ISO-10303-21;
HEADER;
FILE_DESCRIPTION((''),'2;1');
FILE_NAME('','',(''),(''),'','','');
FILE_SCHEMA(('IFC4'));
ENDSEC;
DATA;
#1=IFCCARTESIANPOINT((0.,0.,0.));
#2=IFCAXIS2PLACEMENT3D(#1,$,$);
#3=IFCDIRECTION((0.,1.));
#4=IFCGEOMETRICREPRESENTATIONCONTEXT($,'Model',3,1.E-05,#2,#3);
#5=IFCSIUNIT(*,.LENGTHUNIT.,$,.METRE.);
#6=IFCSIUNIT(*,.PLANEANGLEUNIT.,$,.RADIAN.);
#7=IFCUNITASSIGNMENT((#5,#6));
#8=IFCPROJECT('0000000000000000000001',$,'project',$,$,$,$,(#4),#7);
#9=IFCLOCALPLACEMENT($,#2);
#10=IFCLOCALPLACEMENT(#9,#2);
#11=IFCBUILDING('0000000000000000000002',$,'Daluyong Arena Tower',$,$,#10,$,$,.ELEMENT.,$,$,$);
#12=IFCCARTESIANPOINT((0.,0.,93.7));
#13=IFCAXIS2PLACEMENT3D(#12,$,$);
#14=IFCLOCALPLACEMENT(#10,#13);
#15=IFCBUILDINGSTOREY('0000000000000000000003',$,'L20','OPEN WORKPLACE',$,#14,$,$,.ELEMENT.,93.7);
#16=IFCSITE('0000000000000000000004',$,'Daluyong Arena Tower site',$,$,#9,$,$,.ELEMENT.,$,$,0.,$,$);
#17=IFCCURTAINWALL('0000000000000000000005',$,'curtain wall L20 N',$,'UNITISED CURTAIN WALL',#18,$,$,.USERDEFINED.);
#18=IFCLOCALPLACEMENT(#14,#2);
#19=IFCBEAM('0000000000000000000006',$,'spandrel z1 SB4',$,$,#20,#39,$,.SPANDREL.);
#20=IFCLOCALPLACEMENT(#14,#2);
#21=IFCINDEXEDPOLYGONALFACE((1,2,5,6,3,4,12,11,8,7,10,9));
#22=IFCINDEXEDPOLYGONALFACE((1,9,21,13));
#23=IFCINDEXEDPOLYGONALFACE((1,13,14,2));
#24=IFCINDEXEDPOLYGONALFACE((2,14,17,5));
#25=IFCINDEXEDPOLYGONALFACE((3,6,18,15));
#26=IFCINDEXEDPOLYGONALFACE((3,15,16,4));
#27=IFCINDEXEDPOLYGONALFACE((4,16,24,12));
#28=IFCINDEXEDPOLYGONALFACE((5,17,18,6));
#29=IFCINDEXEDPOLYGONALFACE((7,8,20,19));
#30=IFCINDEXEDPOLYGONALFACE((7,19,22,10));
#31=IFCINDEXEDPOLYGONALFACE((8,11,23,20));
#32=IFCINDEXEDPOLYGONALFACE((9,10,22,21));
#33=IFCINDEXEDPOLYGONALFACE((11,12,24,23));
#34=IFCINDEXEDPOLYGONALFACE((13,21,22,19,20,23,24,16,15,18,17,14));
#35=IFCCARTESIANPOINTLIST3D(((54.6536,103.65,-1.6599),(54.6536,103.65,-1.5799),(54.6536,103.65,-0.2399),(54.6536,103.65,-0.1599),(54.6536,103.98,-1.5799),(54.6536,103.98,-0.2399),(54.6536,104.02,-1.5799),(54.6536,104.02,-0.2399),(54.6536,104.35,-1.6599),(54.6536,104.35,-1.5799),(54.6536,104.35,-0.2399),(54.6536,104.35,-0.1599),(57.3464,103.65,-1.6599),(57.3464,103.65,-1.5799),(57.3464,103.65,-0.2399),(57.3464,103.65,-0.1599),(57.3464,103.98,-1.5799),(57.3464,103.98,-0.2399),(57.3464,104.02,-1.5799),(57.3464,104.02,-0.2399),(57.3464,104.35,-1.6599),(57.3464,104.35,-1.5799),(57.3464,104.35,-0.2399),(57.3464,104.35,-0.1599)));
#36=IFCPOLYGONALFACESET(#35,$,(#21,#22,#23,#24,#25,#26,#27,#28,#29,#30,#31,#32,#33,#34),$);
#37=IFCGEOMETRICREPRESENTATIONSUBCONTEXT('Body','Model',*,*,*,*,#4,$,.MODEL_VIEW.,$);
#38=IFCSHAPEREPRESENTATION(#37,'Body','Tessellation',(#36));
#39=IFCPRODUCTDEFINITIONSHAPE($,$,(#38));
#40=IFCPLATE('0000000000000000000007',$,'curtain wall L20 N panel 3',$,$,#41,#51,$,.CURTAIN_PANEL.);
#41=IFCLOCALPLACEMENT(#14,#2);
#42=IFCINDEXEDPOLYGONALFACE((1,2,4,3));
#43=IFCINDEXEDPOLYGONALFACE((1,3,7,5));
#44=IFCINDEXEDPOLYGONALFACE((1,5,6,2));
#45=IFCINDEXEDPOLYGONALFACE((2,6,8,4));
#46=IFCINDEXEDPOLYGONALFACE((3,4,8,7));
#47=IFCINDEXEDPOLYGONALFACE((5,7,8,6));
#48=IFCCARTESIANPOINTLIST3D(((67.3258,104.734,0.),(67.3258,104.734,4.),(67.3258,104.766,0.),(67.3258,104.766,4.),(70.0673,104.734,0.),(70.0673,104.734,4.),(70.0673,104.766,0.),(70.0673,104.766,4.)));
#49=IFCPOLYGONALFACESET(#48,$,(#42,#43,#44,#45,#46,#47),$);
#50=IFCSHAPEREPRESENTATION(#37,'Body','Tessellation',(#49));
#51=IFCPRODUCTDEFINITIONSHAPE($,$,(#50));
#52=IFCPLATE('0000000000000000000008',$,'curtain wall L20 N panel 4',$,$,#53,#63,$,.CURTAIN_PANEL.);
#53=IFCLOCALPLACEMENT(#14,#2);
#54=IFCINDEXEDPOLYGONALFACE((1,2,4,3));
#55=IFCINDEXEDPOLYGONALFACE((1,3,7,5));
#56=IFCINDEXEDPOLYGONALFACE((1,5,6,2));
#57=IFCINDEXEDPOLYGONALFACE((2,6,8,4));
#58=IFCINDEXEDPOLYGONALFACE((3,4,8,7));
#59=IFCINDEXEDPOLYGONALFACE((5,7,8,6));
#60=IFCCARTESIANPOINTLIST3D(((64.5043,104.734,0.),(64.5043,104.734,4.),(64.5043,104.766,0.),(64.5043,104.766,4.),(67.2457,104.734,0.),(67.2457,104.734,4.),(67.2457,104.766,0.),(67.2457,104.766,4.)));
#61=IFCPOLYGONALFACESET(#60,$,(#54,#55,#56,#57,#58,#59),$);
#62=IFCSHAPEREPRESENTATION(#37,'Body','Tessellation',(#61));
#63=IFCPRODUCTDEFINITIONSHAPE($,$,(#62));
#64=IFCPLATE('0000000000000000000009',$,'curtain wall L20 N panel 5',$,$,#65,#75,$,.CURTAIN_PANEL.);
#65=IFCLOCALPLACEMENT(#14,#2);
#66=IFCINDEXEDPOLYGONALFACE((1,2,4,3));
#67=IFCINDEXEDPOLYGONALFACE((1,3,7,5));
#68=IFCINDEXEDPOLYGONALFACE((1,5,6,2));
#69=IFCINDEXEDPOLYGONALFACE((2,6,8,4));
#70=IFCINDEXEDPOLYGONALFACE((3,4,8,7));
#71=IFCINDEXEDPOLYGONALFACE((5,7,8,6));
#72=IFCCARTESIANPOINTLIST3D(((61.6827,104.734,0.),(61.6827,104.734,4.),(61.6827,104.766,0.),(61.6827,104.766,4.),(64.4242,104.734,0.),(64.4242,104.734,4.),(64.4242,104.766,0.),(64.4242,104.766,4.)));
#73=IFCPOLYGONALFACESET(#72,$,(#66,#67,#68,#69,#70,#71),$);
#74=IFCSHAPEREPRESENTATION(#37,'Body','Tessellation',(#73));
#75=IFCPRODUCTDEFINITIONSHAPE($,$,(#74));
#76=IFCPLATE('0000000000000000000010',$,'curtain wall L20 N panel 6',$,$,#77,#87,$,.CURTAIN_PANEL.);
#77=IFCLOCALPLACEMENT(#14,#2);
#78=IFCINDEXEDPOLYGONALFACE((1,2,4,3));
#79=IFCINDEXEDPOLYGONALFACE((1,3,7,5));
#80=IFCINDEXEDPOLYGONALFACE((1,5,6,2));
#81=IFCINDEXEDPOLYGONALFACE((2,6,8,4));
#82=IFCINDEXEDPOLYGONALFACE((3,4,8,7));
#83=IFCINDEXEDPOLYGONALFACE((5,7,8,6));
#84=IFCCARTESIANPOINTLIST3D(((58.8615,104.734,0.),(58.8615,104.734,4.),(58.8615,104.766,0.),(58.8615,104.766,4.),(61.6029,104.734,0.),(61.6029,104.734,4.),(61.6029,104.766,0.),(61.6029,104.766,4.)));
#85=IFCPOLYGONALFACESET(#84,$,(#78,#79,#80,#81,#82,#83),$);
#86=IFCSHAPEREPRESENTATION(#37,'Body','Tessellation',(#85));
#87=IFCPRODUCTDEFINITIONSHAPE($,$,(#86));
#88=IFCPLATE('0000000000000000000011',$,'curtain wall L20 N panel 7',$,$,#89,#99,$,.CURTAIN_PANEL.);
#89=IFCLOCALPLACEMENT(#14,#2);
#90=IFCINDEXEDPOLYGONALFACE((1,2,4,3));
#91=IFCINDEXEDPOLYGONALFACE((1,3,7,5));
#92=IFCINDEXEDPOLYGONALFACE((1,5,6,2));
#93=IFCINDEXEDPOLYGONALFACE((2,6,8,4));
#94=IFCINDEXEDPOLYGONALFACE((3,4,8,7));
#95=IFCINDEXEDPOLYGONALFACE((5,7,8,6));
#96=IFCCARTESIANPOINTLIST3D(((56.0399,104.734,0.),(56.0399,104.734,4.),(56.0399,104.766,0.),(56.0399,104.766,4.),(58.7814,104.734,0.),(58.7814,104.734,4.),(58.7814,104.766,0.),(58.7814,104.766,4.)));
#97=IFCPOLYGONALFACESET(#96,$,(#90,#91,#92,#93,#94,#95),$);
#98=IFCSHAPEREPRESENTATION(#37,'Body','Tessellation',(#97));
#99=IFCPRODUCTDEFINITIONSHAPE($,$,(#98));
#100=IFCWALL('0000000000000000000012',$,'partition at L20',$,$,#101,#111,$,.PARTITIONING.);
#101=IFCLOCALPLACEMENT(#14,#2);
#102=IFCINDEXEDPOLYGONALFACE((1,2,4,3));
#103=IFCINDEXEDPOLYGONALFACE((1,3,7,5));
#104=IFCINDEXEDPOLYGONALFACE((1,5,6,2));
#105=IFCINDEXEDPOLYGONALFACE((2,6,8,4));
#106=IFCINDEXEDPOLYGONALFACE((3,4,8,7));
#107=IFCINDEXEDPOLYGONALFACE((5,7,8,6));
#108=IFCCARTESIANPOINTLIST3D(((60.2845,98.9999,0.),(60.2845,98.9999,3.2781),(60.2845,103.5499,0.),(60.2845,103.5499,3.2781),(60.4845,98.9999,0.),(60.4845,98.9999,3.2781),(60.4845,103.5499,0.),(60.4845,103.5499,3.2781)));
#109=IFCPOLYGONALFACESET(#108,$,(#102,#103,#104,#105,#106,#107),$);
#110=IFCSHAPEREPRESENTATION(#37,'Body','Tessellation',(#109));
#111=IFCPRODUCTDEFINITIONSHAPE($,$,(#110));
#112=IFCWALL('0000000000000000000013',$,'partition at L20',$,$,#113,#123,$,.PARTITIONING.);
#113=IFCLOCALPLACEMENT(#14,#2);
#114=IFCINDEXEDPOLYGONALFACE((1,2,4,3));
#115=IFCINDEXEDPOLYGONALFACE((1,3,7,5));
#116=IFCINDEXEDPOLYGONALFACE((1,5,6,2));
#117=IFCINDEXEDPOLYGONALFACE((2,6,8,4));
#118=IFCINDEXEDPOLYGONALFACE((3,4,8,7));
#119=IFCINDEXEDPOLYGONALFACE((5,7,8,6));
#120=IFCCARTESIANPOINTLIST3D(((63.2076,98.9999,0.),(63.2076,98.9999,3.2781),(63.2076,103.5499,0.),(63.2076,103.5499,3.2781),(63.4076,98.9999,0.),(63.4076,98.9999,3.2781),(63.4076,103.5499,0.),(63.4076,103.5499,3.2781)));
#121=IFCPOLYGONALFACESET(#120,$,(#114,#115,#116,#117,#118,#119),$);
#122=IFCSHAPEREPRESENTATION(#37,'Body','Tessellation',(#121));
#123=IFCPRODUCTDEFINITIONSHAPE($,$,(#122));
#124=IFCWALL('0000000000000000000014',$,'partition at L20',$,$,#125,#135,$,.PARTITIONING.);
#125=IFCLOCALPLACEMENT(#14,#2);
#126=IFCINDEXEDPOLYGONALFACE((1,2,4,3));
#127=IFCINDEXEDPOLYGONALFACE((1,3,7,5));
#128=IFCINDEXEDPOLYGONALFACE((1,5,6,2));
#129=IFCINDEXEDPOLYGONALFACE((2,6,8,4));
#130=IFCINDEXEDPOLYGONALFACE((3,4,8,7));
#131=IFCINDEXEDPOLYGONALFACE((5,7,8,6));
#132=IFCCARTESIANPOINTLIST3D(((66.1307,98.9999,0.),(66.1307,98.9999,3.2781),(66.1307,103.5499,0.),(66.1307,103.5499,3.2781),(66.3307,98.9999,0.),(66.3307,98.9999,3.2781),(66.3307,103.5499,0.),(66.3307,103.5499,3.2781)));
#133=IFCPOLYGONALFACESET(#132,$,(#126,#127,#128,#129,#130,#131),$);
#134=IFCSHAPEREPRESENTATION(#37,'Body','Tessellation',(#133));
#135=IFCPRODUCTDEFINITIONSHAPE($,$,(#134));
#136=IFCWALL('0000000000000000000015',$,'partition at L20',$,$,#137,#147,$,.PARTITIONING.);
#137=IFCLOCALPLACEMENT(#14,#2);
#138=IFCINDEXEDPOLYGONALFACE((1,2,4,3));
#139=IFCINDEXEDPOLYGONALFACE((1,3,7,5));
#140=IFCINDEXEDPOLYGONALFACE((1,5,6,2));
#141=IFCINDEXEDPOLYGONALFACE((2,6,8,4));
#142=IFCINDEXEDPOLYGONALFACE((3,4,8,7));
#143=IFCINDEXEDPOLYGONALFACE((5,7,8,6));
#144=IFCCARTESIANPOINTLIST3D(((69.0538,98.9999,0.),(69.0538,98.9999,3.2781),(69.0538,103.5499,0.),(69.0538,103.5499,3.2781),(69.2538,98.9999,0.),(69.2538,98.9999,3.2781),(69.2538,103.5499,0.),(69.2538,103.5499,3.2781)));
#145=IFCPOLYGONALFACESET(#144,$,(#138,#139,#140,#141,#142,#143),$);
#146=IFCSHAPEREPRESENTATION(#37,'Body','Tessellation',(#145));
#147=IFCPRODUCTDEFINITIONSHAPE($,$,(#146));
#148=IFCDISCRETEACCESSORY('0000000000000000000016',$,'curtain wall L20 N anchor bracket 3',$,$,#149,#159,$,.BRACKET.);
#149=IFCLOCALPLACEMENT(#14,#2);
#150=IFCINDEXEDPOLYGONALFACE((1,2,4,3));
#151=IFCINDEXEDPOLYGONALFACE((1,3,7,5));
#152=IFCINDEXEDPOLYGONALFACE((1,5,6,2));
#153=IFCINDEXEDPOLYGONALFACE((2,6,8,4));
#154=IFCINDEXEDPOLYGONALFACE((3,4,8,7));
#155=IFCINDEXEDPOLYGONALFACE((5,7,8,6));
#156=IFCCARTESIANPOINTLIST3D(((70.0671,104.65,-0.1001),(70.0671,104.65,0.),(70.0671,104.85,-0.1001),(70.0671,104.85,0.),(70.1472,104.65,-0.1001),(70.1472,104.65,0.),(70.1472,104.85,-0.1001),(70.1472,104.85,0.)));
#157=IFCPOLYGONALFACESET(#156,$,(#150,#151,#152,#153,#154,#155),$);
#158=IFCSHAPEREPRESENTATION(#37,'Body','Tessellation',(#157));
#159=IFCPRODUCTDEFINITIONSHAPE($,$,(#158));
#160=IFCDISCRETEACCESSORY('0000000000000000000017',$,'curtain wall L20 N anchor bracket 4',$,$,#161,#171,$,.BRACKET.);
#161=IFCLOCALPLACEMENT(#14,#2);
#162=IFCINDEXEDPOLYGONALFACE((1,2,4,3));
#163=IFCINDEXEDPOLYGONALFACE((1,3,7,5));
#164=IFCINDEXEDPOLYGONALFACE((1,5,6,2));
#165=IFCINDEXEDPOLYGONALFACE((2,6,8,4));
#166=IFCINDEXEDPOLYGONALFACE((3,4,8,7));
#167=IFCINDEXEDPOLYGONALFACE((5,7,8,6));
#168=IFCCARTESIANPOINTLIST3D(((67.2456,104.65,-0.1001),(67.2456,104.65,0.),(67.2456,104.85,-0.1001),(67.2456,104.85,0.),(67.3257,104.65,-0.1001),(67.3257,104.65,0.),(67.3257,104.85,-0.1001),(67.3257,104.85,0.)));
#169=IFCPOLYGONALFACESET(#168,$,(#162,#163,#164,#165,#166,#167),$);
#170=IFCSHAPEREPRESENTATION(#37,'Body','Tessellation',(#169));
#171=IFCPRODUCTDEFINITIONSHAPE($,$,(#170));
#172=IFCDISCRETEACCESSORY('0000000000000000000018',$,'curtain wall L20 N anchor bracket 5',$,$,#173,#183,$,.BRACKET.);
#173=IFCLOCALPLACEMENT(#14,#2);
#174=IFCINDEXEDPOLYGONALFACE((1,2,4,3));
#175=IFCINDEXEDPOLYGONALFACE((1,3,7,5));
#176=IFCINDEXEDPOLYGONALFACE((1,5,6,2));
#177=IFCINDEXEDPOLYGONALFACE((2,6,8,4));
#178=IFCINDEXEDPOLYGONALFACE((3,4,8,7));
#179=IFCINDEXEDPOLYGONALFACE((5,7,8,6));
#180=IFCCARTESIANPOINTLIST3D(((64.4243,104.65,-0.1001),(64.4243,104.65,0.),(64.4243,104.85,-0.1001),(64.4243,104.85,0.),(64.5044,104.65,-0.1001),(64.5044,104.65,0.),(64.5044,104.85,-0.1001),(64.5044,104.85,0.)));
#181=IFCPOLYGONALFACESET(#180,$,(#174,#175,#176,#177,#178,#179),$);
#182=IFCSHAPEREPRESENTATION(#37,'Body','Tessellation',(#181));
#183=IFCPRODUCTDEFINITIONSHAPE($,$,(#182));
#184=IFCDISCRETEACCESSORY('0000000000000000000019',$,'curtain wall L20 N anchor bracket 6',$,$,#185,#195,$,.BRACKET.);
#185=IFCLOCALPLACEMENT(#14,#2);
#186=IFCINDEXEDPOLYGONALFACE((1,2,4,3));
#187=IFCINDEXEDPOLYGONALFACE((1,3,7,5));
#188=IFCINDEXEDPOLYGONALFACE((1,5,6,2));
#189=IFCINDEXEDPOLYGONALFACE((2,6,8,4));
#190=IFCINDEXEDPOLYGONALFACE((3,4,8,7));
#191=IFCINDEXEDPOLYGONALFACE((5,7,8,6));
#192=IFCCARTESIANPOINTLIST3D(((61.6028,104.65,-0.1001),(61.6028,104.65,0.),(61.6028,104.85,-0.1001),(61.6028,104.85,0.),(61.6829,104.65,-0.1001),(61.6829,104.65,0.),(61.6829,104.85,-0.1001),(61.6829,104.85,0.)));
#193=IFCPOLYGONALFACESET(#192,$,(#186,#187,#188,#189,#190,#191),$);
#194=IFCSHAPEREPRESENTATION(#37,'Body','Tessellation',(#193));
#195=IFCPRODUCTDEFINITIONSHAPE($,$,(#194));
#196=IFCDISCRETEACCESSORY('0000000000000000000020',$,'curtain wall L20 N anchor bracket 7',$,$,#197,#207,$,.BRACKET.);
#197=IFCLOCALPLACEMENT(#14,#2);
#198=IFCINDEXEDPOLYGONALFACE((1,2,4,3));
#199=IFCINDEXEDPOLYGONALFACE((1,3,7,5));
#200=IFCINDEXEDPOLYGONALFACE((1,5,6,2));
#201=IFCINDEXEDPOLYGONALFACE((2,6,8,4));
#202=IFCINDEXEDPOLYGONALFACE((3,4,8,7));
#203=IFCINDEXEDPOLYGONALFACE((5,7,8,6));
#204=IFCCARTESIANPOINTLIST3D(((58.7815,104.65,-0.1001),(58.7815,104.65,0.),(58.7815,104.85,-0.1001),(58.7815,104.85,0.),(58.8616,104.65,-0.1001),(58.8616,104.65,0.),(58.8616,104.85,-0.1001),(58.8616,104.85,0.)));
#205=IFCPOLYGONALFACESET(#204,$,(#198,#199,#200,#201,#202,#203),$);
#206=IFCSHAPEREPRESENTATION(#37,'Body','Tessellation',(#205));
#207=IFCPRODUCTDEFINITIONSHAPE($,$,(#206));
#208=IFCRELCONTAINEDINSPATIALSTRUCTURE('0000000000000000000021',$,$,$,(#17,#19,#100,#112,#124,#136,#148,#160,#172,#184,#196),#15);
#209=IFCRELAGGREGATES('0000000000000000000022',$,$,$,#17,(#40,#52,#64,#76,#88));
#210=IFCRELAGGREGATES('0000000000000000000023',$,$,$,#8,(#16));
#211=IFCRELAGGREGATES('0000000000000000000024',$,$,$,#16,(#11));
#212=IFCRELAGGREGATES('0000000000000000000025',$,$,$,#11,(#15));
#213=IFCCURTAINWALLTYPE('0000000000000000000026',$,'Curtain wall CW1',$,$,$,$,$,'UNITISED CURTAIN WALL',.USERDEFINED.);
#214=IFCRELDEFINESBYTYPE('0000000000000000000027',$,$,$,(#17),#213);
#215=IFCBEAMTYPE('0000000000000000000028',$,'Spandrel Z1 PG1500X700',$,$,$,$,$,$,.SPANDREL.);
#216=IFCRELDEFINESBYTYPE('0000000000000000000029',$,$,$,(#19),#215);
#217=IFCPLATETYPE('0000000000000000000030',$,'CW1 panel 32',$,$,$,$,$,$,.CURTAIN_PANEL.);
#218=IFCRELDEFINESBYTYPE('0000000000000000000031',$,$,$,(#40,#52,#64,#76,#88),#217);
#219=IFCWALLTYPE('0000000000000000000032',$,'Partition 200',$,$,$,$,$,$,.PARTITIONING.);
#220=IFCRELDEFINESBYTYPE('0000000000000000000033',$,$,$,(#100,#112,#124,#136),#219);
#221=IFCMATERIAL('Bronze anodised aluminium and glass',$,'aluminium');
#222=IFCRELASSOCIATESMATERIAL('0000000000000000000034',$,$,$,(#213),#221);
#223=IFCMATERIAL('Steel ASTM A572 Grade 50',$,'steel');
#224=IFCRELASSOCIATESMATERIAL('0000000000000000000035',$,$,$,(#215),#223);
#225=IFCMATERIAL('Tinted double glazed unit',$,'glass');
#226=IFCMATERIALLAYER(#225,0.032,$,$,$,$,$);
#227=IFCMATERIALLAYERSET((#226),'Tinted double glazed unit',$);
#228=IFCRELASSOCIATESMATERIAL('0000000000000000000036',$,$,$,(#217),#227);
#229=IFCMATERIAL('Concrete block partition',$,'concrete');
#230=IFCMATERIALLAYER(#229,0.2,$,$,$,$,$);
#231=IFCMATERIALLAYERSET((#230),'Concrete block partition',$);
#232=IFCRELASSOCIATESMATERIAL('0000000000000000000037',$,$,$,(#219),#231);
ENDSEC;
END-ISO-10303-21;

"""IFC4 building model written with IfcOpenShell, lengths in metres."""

from ifc_helpers import new_model, si_unit, direction, frame, frame_2d, origin, origin_2d, place, context, subcontext, project, spatial, rectangle, i_section, extrude, material, layer, layer_set, material_profile, profile_set, type_object, element, aggregate, save


model = new_model("IFC4")

# Units and contexts
model_context = context("Model", 3, precision=1e-05, world=origin(), true_north=direction((0.0, 1.0)))
body_context = subcontext(model_context, "Body", "Model", "MODEL_VIEW")
ifc_project = project(units=[si_unit("LENGTHUNIT", "METRE"), si_unit("PLANEANGLEUNIT", "RADIAN")], contexts=[model_context])

# Site, building, storey
site_placement = place(None, origin())
site = spatial("IfcSite", under=ifc_project, at=site_placement, Name="Daluyong Arena Tower site", CompositionType="ELEMENT", RefElevation=0.0)
building_placement = place(site_placement, origin())
building = spatial("IfcBuilding", under=site, at=building_placement, Name="Daluyong Arena Tower", CompositionType="ELEMENT")
storey_placement = place(building_placement, frame((0.0, 0.0, 93.7)))
storey = spatial("IfcBuildingStorey", under=building, at=storey_placement, Name="L20", Description="OPEN WORKPLACE", CompositionType="ELEMENT", Elevation=93.7)

# Curtain wall
ifc_material_1 = material(Name="Bronze anodised aluminium and glass", Category="aluminium")
curtain_wall_type = type_object("IfcCurtainWallType", Name="Curtain wall CW1", ElementType="UNITISED CURTAIN WALL", PredefinedType="USERDEFINED", material=ifc_material_1)
curtain_wall_placement = place(storey_placement, origin())
curtain_wall = element("IfcCurtainWall", 1, at=curtain_wall_placement, inside=storey, type_object=curtain_wall_type, Name="curtain wall L20 N", ObjectType="UNITISED CURTAIN WALL", PredefinedType="USERDEFINED")

# Beam
ifc_material_2 = material(Name="Steel ASTM A572 Grade 50", Category="steel")
ifc_material_profile_1 = material_profile(ifc_material_2, i_section(OverallWidth=0.7, OverallDepth=1.5, WebThickness=0.04, FlangeThickness=0.08, at=origin_2d()))
ifc_profile_set_1 = profile_set([ifc_material_profile_1], Name="Steel ASTM A572 Grade 50")
beam_type_1 = type_object("IfcBeamType", Name="Spandrel Z1 PG1500X700", PredefinedType="SPANDREL", material=ifc_profile_set_1)
beam_1_placement = place(storey_placement, frame((57.3464, 104.0, -0.9099), z_axis=(-1.0, 0.0, 0.0), x_axis=(0.0, -1.0, 0.0)))
element("IfcBeam", 2, at=beam_1_placement, inside=storey, type_object=beam_type_1, Name="spandrel z1 SB4", PredefinedType="SPANDREL", context=body_context, shape_type="SweptSolid", body=[
    extrude(i_section(OverallWidth=0.7, OverallDepth=1.5, WebThickness=0.04, FlangeThickness=0.08, at=origin_2d()), origin(), (0.0, 0.0, 1.0), 2.6929),
])

# Plates
ifc_material_3 = material(Name="Tinted double glazed unit", Category="glass")
ifc_layer_1 = layer(ifc_material_3, 0.032)
ifc_layer_set_1 = layer_set([ifc_layer_1], Name="Tinted double glazed unit")
plate_type = type_object("IfcPlateType", Name="CW1 panel 32", PredefinedType="CURTAIN_PANEL", material=ifc_layer_set_1)
plate_1_placement = place(storey_placement, frame((68.6965, 104.75, 0.0), z_axis=(0.0, 0.0, 1.0), x_axis=(-1.0, 0.0, 0.0)))
plate_1 = element("IfcPlate", 3, at=plate_1_placement, type_object=plate_type, Name="curtain wall L20 N panel 3", PredefinedType="CURTAIN_PANEL", context=body_context, shape_type="SweptSolid", body=[
    extrude(rectangle(XDim=2.7415, YDim=0.032, at=origin_2d()), origin(), (0.0, 0.0, 1.0), 4.0),
])
plate_2_placement = place(storey_placement, frame((65.875, 104.75, 0.0), z_axis=(0.0, 0.0, 1.0), x_axis=(-1.0, 0.0, 0.0)))
plate_2 = element("IfcPlate", 4, at=plate_2_placement, type_object=plate_type, Name="curtain wall L20 N panel 4", PredefinedType="CURTAIN_PANEL", context=body_context, shape_type="SweptSolid", body=[
    extrude(rectangle(XDim=2.7415, YDim=0.032, at=origin_2d()), origin(), (0.0, 0.0, 1.0), 4.0),
])
plate_3_placement = place(storey_placement, frame((63.0535, 104.75, 0.0), z_axis=(0.0, 0.0, 1.0), x_axis=(-1.0, 0.0, 0.0)))
plate_3 = element("IfcPlate", 5, at=plate_3_placement, type_object=plate_type, Name="curtain wall L20 N panel 5", PredefinedType="CURTAIN_PANEL", context=body_context, shape_type="SweptSolid", body=[
    extrude(rectangle(XDim=2.7415, YDim=0.032, at=origin_2d()), origin(), (0.0, 0.0, 1.0), 4.0),
])
plate_4_placement = place(storey_placement, frame((60.2322, 104.75, 0.0), z_axis=(0.0, 0.0, 1.0), x_axis=(-1.0, 0.0, 0.0)))
plate_4 = element("IfcPlate", 6, at=plate_4_placement, type_object=plate_type, Name="curtain wall L20 N panel 6", PredefinedType="CURTAIN_PANEL", context=body_context, shape_type="SweptSolid", body=[
    extrude(rectangle(XDim=2.7415, YDim=0.032, at=origin_2d()), origin(), (0.0, 0.0, 1.0), 4.0),
])
plate_5_placement = place(storey_placement, frame((57.4106, 104.75, 0.0), z_axis=(0.0, 0.0, 1.0), x_axis=(-1.0, 0.0, 0.0)))
plate_5 = element("IfcPlate", 7, at=plate_5_placement, type_object=plate_type, Name="curtain wall L20 N panel 7", PredefinedType="CURTAIN_PANEL", context=body_context, shape_type="SweptSolid", body=[
    extrude(rectangle(XDim=2.7415, YDim=0.032, at=origin_2d()), origin(), (0.0, 0.0, 1.0), 4.0),
])
aggregate(curtain_wall, [plate_1, plate_2, plate_3, plate_4, plate_5])

# Walls
ifc_material_4 = material(Name="Concrete block partition", Category="concrete")
ifc_layer_2 = layer(ifc_material_4, 0.2)
ifc_layer_set_2 = layer_set([ifc_layer_2], Name="Concrete block partition")
wall_type = type_object("IfcWallType", Name="Partition 200", PredefinedType="PARTITIONING", material=ifc_layer_set_2)
for number, where, z_axis, x_axis, name in (
    (8, (60.3845, 99.0, 0.0), (0.0, 0.0, 1.0), (0.0, 1.0, 0.0), "partition at L20"),
    (9, (63.3076, 99.0, 0.0), (0.0, 0.0, 1.0), (0.0, 1.0, 0.0), "partition at L20"),
    (10, (66.2307, 99.0, 0.0), (0.0, 0.0, 1.0), (0.0, 1.0, 0.0), "partition at L20"),
    (11, (69.1538, 99.0, 0.0), (0.0, 0.0, 1.0), (0.0, 1.0, 0.0), "partition at L20"),
):
    element("IfcWall", number, at=place(storey_placement, frame(where, z_axis=z_axis, x_axis=x_axis)), inside=storey, type_object=wall_type, Name=name, PredefinedType="PARTITIONING", context=body_context, shape_type="SweptSolid", body=[
        extrude(rectangle(XDim=4.55, YDim=0.2, at=frame_2d((2.2749, 0.0))), origin(), (0.0, 0.0, 1.0), 3.2781),
    ])

# Discrete accessories
for number, where, z_axis, x_axis, name in (
    (12, (70.1072, 104.75, -0.1001), (0.0, 0.0, 1.0), (-1.0, 0.0, 0.0), "curtain wall L20 N anchor bracket 3"),
    (13, (67.2856, 104.75, -0.1001), (0.0, 0.0, 1.0), (-1.0, 0.0, 0.0), "curtain wall L20 N anchor bracket 4"),
    (14, (64.4644, 104.75, -0.1001), (0.0, 0.0, 1.0), (-1.0, 0.0, 0.0), "curtain wall L20 N anchor bracket 5"),
    (15, (61.6428, 104.75, -0.1001), (0.0, 0.0, 1.0), (-1.0, 0.0, 0.0), "curtain wall L20 N anchor bracket 6"),
    (16, (58.8215, 104.75, -0.1001), (0.0, 0.0, 1.0), (-1.0, 0.0, 0.0), "curtain wall L20 N anchor bracket 7"),
):
    element("IfcDiscreteAccessory", number, at=place(storey_placement, frame(where, z_axis=z_axis, x_axis=x_axis)), inside=storey, Name=name, PredefinedType="BRACKET", context=body_context, shape_type="SweptSolid", body=[
        extrude(rectangle(XDim=0.0801, YDim=0.2, at=origin_2d()), origin(), (0.0, 0.0, 1.0), 0.1001),
    ])

save(model, "model.ifc")
